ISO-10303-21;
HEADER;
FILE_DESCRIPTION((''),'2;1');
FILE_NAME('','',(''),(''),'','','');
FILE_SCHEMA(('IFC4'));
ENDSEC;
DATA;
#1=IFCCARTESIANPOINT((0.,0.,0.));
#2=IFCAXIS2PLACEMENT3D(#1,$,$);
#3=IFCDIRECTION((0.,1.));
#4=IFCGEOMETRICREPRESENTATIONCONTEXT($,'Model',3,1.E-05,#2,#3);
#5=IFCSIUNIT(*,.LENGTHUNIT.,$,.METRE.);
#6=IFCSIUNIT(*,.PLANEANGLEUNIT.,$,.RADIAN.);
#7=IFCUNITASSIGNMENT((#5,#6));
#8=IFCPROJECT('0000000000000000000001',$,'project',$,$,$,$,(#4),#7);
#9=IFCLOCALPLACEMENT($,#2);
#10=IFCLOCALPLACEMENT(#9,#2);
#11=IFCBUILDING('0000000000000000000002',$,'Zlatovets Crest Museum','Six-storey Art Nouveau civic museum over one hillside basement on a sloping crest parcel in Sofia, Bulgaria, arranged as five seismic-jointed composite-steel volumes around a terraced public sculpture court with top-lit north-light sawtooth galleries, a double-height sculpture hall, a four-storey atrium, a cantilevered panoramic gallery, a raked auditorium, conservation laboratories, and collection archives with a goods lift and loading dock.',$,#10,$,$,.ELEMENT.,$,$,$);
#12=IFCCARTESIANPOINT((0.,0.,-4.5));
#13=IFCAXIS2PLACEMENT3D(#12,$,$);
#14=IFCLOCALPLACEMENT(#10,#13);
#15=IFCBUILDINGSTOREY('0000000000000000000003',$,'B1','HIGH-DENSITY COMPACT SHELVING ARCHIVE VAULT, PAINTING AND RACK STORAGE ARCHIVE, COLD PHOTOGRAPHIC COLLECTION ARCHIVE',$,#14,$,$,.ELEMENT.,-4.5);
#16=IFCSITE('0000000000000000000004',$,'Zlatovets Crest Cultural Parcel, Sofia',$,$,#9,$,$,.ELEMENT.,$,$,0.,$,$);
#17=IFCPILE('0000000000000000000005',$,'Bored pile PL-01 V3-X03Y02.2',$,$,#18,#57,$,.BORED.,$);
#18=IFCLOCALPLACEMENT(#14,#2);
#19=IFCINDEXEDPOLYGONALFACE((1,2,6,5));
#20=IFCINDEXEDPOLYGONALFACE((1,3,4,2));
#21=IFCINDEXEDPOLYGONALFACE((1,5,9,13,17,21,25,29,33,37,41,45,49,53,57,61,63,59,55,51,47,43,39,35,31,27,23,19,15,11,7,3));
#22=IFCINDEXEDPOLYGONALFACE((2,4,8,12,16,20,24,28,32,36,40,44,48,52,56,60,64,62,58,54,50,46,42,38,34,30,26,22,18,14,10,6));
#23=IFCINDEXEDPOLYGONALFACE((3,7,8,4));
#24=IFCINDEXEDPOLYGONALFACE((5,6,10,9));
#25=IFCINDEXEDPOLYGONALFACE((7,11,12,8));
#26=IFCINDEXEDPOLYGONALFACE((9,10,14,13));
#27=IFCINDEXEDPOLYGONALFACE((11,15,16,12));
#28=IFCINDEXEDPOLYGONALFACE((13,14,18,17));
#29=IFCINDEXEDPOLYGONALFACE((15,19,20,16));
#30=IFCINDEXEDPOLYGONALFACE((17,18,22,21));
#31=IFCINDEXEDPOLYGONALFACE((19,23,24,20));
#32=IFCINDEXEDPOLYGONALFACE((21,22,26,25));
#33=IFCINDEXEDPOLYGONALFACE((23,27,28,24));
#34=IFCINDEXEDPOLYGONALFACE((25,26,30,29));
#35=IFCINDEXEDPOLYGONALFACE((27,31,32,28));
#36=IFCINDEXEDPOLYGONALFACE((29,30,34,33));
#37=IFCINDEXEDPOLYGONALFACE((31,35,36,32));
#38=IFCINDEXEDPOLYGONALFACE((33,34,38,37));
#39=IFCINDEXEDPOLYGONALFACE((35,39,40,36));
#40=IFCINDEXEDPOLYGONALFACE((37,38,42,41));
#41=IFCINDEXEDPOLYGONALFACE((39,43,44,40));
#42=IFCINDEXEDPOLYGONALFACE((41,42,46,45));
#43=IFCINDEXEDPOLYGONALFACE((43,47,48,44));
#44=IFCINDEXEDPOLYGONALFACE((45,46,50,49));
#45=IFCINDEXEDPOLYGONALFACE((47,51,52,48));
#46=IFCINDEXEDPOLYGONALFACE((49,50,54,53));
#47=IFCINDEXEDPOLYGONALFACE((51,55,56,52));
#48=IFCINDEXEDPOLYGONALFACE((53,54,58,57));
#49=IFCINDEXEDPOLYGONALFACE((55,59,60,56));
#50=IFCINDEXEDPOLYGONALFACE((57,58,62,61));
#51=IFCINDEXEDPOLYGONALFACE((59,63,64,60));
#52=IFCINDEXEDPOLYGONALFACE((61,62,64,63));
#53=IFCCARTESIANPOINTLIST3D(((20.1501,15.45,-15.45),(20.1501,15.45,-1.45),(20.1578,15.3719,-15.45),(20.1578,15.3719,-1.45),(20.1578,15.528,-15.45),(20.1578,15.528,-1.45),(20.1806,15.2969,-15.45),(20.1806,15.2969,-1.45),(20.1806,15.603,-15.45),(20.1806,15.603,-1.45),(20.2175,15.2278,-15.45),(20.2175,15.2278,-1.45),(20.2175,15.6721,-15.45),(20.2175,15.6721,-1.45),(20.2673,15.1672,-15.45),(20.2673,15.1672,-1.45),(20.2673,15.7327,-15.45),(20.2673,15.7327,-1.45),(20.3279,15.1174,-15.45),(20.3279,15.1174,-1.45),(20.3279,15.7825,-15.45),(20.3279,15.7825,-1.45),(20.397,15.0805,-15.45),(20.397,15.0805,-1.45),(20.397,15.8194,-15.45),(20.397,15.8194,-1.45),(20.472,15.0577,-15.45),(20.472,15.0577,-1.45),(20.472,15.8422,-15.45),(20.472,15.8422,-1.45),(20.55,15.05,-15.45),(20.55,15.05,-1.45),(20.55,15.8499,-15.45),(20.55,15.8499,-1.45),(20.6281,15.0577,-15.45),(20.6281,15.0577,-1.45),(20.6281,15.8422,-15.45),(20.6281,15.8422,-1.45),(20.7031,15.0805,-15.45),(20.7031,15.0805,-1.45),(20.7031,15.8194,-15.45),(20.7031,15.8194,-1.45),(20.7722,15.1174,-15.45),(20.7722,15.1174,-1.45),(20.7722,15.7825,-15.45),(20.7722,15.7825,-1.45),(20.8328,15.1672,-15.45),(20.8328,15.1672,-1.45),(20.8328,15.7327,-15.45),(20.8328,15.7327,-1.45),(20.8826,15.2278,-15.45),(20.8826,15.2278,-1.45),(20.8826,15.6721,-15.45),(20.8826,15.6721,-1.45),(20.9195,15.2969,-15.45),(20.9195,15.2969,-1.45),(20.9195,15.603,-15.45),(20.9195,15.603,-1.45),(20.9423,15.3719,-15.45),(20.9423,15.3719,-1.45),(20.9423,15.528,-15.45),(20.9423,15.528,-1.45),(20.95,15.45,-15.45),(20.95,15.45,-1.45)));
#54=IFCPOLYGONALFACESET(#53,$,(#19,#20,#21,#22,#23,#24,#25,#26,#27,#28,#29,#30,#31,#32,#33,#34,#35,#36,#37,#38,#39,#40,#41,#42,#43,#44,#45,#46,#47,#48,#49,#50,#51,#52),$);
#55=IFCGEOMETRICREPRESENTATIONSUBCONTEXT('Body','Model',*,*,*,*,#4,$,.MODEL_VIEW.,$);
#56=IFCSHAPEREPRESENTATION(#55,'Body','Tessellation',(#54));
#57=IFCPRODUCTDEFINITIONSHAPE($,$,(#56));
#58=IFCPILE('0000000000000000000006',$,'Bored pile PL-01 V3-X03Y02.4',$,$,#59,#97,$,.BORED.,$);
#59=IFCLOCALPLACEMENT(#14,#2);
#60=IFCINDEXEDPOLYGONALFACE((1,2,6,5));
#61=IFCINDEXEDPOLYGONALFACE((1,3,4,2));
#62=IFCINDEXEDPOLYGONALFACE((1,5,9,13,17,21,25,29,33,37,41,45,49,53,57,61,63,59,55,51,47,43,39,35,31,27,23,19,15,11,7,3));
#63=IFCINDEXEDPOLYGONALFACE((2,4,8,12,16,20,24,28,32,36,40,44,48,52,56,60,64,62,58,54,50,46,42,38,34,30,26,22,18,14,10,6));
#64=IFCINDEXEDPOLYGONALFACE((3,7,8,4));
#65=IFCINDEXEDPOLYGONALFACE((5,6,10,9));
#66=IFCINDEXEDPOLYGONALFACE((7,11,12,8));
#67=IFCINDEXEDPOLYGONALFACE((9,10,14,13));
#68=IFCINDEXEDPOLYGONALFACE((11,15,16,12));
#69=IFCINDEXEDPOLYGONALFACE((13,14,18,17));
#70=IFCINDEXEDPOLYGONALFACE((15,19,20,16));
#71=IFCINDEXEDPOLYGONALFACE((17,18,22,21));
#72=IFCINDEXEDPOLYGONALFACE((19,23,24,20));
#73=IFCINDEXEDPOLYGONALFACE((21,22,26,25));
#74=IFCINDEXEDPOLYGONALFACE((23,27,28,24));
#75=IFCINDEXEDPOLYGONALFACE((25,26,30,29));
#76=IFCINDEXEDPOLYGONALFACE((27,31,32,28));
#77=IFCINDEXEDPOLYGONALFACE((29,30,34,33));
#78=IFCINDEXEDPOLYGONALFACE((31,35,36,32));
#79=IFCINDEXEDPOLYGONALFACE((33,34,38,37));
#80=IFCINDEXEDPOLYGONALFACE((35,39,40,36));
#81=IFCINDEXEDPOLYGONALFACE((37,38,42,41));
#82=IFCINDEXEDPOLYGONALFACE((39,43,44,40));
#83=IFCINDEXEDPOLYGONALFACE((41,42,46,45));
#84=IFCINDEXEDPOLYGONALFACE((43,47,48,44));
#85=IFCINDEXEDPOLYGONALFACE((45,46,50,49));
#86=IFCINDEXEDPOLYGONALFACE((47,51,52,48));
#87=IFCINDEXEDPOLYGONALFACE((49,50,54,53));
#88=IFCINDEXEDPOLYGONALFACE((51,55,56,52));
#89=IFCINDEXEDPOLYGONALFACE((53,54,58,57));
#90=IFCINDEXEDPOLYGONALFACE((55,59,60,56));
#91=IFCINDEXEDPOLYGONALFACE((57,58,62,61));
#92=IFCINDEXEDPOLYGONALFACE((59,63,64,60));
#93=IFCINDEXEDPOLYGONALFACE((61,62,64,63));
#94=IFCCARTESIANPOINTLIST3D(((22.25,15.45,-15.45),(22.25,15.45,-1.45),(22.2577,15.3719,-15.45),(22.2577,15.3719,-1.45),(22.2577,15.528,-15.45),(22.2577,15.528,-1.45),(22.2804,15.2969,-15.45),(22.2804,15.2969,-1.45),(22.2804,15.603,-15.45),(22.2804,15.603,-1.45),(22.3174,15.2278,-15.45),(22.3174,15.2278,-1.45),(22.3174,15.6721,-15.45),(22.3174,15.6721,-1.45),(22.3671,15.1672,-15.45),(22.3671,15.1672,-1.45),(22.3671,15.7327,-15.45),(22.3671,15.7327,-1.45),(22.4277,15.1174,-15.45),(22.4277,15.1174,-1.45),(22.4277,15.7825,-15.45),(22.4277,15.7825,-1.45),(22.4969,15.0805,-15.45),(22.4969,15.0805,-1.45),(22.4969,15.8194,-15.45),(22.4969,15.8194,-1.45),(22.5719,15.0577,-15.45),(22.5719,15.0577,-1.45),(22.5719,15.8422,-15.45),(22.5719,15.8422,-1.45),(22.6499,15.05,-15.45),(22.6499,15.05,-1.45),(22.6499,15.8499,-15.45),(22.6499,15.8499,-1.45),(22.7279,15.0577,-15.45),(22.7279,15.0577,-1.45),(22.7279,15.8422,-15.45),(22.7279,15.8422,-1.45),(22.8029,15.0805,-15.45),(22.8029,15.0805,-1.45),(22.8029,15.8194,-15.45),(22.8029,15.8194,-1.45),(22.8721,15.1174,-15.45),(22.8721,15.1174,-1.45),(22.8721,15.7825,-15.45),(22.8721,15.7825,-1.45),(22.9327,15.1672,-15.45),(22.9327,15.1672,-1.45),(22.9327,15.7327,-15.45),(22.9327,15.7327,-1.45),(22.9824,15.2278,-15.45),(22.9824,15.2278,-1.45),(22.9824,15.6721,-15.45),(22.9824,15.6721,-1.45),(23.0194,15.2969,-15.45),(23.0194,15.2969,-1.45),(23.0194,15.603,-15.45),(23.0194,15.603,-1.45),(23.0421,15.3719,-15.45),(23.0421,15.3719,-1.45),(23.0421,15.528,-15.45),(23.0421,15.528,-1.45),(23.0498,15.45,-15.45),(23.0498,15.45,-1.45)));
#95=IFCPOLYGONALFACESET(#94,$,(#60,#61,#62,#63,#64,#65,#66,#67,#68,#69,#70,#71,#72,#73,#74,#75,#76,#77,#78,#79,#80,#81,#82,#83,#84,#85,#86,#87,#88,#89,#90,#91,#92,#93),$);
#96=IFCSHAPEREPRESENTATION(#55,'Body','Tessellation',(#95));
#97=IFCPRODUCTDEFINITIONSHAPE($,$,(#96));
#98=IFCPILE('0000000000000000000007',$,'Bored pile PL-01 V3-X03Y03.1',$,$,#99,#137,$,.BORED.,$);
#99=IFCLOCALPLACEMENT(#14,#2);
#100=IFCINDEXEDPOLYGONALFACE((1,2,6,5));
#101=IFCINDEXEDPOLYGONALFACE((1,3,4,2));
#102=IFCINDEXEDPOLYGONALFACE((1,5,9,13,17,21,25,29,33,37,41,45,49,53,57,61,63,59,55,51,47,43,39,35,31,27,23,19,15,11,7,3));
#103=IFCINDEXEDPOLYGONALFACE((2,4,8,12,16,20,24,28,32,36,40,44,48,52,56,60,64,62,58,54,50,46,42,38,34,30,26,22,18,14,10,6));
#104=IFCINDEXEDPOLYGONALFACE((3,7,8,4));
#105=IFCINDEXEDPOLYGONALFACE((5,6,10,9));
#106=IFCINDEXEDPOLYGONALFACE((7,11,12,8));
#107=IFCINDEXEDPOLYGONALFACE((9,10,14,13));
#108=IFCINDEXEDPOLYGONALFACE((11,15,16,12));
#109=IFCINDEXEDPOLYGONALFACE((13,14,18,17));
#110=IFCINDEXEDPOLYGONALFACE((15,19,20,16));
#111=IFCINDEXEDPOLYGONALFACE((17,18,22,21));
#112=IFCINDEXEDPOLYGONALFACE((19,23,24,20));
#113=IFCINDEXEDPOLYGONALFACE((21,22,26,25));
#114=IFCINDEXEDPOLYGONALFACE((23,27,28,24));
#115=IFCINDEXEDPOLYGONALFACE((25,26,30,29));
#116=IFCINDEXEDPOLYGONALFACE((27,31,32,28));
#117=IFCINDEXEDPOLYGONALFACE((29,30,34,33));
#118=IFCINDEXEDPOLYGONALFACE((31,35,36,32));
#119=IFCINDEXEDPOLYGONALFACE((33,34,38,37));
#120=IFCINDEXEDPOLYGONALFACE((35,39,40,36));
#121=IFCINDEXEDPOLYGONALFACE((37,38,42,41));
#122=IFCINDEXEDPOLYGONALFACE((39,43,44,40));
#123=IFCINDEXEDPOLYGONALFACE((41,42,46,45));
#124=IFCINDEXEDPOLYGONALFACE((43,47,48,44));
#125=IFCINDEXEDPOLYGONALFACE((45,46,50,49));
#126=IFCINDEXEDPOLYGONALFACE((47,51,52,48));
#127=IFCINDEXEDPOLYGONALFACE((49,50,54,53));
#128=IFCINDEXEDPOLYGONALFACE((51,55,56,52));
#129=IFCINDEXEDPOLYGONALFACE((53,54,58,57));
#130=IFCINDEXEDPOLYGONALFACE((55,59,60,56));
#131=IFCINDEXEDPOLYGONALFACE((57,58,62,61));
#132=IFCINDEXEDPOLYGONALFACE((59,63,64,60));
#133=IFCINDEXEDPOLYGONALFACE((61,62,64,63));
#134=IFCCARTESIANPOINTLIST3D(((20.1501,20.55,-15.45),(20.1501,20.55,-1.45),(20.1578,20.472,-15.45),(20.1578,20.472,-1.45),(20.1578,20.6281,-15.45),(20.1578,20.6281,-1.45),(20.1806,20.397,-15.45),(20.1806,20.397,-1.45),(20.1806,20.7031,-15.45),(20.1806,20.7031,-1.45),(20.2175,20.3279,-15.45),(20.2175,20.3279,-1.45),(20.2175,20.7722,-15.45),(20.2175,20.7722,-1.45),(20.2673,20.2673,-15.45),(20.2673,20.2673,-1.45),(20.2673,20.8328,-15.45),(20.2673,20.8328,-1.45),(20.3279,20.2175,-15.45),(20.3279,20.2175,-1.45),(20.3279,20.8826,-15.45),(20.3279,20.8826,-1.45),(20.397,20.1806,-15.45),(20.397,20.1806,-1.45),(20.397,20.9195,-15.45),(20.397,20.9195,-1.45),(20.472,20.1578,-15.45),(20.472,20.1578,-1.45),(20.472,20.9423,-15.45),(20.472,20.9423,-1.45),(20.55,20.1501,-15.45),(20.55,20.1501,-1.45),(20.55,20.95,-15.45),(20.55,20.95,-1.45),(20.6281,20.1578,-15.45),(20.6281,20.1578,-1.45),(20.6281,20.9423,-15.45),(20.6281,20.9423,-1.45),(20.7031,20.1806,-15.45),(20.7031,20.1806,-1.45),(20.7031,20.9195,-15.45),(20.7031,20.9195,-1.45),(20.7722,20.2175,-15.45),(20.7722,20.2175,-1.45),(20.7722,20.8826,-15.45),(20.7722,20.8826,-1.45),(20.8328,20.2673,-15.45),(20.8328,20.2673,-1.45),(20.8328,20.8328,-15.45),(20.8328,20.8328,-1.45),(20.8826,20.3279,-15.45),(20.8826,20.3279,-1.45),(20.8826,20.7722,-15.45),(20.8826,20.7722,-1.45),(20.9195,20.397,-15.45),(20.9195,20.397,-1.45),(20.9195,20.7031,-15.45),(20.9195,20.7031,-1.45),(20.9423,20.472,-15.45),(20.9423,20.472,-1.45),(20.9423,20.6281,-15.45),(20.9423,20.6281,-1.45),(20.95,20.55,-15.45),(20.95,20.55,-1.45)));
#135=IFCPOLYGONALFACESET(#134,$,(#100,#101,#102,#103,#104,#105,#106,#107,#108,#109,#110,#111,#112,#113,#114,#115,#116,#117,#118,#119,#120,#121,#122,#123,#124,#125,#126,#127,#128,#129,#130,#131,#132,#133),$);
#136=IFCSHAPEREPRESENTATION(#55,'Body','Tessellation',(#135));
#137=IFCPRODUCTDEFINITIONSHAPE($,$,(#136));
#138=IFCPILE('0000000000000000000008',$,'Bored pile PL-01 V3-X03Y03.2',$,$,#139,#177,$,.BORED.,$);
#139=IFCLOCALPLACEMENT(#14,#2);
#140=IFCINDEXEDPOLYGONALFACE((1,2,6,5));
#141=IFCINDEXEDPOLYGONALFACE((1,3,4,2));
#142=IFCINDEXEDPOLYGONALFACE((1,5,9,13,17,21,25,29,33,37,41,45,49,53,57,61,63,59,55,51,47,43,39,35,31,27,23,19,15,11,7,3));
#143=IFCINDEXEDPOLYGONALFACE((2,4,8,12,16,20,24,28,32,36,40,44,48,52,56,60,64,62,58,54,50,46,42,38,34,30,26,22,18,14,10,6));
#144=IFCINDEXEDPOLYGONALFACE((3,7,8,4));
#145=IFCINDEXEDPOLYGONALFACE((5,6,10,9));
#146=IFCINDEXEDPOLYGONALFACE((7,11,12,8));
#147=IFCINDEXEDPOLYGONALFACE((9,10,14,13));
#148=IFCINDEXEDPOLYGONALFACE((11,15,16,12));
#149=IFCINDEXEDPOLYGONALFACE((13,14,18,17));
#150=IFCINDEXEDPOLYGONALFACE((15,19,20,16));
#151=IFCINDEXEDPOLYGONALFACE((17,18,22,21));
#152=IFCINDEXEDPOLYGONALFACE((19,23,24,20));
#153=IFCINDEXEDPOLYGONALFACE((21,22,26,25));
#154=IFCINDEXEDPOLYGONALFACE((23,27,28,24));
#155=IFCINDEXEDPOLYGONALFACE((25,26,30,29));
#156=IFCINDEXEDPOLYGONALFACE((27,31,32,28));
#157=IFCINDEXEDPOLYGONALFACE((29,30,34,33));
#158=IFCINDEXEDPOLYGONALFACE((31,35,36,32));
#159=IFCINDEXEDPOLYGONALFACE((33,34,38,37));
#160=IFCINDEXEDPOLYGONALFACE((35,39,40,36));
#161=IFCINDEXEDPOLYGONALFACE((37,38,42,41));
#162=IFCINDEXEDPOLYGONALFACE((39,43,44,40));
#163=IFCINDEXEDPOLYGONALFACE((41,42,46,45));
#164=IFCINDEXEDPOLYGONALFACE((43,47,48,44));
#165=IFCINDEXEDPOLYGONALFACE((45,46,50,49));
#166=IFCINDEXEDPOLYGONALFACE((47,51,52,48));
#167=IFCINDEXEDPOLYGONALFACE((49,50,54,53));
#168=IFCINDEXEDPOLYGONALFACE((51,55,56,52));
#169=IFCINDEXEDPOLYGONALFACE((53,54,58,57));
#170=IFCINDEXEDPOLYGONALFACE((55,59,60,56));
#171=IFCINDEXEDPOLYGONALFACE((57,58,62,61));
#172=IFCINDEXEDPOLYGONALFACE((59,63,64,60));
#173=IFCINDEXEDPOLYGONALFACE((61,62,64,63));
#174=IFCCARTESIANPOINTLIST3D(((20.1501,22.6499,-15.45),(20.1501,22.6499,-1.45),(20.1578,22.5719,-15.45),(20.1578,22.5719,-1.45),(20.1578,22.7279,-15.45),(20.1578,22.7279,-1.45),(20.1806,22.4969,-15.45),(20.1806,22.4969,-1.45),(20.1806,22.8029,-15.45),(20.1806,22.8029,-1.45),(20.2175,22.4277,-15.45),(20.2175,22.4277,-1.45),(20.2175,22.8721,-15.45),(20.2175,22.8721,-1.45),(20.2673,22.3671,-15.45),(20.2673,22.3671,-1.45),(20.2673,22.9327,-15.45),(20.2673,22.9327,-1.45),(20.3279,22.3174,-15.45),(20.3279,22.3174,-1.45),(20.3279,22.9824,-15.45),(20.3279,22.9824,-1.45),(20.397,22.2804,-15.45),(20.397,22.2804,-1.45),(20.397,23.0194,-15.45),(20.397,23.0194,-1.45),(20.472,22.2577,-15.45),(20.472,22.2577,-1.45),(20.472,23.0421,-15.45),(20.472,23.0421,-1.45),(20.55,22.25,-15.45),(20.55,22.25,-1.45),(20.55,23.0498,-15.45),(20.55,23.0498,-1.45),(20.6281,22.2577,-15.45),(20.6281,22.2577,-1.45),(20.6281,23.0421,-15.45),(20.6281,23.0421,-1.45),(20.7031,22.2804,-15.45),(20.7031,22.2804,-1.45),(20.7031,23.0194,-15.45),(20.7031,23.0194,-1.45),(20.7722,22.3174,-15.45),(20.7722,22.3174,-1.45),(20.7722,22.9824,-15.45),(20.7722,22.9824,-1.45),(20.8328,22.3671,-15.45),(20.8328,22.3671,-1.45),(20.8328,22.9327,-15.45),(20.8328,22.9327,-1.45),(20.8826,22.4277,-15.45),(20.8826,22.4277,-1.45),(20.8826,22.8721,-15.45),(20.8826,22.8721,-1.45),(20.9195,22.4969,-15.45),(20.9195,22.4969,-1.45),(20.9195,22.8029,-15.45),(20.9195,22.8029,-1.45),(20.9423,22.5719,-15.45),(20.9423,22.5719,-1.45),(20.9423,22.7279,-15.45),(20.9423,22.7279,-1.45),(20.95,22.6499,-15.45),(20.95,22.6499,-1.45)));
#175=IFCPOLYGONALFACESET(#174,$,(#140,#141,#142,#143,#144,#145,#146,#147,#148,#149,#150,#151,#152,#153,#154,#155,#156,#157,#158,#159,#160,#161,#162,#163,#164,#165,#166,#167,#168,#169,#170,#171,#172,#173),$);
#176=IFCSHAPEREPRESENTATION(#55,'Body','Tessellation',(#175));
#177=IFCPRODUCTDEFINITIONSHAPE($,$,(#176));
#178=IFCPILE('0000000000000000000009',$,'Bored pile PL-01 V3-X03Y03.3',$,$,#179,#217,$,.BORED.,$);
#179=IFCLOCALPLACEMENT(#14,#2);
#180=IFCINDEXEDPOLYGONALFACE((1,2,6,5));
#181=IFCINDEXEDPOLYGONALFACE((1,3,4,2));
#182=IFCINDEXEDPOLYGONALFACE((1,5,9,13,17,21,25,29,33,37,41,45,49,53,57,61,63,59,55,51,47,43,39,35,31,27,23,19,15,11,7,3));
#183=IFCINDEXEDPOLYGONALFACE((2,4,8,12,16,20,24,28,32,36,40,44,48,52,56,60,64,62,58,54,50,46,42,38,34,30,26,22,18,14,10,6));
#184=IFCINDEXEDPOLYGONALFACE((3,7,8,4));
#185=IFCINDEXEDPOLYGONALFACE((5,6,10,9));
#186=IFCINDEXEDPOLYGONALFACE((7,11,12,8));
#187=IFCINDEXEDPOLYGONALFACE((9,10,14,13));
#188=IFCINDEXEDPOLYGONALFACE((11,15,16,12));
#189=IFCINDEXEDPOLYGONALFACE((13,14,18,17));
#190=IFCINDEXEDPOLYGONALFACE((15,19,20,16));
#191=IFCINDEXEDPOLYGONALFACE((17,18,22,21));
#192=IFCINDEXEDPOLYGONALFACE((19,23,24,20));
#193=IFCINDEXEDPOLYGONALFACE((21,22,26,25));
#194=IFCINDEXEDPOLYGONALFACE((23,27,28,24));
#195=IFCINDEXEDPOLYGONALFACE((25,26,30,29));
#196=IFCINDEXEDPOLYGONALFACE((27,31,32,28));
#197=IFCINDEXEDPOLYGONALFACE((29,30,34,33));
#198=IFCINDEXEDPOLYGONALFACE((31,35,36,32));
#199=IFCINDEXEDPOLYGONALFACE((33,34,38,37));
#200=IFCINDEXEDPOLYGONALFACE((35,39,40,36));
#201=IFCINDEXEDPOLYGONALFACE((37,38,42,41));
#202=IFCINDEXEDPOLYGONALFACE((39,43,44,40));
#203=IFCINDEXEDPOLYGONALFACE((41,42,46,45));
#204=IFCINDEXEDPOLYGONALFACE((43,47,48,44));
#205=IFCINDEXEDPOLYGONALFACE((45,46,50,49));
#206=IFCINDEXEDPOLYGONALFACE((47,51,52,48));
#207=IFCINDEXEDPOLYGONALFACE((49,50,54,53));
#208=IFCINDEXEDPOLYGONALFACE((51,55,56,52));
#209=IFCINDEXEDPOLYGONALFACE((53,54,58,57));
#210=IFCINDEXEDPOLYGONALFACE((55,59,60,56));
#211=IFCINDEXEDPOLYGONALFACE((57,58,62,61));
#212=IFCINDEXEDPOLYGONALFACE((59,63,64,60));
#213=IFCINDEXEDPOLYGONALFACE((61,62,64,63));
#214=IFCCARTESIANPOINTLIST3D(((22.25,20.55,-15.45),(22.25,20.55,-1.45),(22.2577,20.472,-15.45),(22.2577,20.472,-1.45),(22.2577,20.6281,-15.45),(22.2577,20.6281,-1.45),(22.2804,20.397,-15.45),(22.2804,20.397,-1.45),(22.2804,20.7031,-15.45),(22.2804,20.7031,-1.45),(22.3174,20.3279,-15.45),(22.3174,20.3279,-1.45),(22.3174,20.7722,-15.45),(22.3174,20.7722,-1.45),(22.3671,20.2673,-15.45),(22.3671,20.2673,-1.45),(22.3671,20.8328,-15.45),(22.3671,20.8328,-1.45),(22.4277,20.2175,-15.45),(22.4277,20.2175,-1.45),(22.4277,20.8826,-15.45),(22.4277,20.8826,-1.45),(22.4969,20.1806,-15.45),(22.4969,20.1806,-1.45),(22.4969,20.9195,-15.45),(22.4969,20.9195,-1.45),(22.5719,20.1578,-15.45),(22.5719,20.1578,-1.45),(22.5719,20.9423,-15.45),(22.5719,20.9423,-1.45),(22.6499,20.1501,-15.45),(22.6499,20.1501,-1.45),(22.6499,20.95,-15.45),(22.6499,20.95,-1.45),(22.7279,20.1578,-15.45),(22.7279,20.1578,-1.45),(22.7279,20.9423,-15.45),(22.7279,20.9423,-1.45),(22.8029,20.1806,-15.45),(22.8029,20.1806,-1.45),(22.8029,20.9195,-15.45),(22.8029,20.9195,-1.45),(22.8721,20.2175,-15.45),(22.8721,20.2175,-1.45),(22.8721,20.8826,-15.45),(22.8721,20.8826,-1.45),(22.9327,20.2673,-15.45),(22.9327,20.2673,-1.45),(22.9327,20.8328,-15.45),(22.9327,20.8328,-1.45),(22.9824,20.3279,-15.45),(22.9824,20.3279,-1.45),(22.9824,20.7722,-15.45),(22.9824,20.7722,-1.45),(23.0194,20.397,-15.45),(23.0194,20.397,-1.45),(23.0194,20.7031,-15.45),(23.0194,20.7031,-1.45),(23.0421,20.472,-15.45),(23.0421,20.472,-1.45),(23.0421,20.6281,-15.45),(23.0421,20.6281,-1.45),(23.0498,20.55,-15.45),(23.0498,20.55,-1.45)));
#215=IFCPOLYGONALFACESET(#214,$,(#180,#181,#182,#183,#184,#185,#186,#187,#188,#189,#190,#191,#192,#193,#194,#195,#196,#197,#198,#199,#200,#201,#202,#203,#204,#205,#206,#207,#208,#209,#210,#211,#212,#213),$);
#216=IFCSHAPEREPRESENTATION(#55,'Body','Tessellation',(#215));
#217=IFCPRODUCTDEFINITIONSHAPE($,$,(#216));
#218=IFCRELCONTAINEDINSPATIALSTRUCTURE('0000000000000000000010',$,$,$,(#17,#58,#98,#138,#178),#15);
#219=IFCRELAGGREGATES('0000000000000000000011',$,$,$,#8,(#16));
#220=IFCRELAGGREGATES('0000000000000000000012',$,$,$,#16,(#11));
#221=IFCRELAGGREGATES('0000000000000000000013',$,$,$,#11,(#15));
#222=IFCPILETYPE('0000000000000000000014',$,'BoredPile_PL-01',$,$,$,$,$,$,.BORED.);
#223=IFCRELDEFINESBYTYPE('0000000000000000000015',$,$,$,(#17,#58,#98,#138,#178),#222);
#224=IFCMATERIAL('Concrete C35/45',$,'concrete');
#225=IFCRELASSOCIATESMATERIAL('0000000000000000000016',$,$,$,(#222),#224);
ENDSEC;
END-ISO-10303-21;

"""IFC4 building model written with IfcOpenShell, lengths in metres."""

from ifc_helpers import new_model, si_unit, direction, frame, origin, origin_2d, place, context, subcontext, project, spatial, circle, extrude, material, material_profile, profile_set, type_object, element, save


model = new_model("IFC4")

# Units and contexts
model_context = context("Model", 3, precision=1e-05, world=origin(), true_north=direction((0.0, 1.0)))
body_context = subcontext(model_context, "Body", "Model", "MODEL_VIEW")
ifc_project = project(units=[si_unit("LENGTHUNIT", "METRE"), si_unit("PLANEANGLEUNIT", "RADIAN")], contexts=[model_context])

# Site, building, storey
site_placement = place(None, origin())
site = spatial("IfcSite", under=ifc_project, at=site_placement, Name="Zlatovets Crest Cultural Parcel, Sofia", CompositionType="ELEMENT", RefElevation=0.0)
building_placement = place(site_placement, origin())
building = spatial("IfcBuilding", under=site, at=building_placement, Name="Zlatovets Crest Museum", Description="Six-storey Art Nouveau civic museum over one hillside basement on a sloping crest parcel in Sofia, Bulgaria, arranged as five seismic-jointed composite-steel volumes around a terraced public sculpture court with top-lit north-light sawtooth galleries, a double-height sculpture hall, a four-storey atrium, a cantilevered panoramic gallery, a raked auditorium, conservation laboratories, and collection archives with a goods lift and loading dock.", CompositionType="ELEMENT")
storey_placement = place(building_placement, frame((0.0, 0.0, -4.5)))
storey = spatial("IfcBuildingStorey", under=building, at=storey_placement, Name="B1", Description="HIGH-DENSITY COMPACT SHELVING ARCHIVE VAULT, PAINTING AND RACK STORAGE ARCHIVE, COLD PHOTOGRAPHIC COLLECTION ARCHIVE", CompositionType="ELEMENT", Elevation=-4.5)

# Piles
ifc_material_1 = material(Name="Concrete C35/45", Category="concrete")
ifc_material_profile_1 = material_profile(ifc_material_1, circle(Radius=0.3999, at=origin_2d()), Name="PILE D800")
ifc_profile_set_1 = profile_set([ifc_material_profile_1], Name="Concrete C35/45")
pile_type = type_object("IfcPileType", Name="BoredPile_PL-01", PredefinedType="BORED", material=ifc_profile_set_1)
for number, where, z_axis, x_axis, name in (
    (1, (20.55, 15.45, -1.45), (0.0, 0.0, -1.0), (1.0, 0.0, 0.0), "Bored pile PL-01 V3-X03Y02.2"),
    (2, (22.6499, 15.45, -1.45), (0.0, 0.0, -1.0), (1.0, 0.0, 0.0), "Bored pile PL-01 V3-X03Y02.4"),
    (3, (20.55, 20.55, -1.45), (0.0, 0.0, -1.0), (1.0, 0.0, 0.0), "Bored pile PL-01 V3-X03Y03.1"),
    (4, (20.55, 22.6499, -1.45), (0.0, 0.0, -1.0), (1.0, 0.0, 0.0), "Bored pile PL-01 V3-X03Y03.2"),
    (5, (22.6499, 20.55, -1.45), (0.0, 0.0, -1.0), (1.0, 0.0, 0.0), "Bored pile PL-01 V3-X03Y03.3"),
):
    element("IfcPile", number, at=place(storey_placement, frame(where, z_axis=z_axis, x_axis=x_axis)), inside=storey, type_object=pile_type, Name=name, PredefinedType="BORED", context=body_context, shape_type="SweptSolid", body=[
        extrude(circle(Radius=0.3999, at=origin_2d()), origin(), (0.0, 0.0, 1.0), 14.0),
    ])

save(model, "model.ifc")
